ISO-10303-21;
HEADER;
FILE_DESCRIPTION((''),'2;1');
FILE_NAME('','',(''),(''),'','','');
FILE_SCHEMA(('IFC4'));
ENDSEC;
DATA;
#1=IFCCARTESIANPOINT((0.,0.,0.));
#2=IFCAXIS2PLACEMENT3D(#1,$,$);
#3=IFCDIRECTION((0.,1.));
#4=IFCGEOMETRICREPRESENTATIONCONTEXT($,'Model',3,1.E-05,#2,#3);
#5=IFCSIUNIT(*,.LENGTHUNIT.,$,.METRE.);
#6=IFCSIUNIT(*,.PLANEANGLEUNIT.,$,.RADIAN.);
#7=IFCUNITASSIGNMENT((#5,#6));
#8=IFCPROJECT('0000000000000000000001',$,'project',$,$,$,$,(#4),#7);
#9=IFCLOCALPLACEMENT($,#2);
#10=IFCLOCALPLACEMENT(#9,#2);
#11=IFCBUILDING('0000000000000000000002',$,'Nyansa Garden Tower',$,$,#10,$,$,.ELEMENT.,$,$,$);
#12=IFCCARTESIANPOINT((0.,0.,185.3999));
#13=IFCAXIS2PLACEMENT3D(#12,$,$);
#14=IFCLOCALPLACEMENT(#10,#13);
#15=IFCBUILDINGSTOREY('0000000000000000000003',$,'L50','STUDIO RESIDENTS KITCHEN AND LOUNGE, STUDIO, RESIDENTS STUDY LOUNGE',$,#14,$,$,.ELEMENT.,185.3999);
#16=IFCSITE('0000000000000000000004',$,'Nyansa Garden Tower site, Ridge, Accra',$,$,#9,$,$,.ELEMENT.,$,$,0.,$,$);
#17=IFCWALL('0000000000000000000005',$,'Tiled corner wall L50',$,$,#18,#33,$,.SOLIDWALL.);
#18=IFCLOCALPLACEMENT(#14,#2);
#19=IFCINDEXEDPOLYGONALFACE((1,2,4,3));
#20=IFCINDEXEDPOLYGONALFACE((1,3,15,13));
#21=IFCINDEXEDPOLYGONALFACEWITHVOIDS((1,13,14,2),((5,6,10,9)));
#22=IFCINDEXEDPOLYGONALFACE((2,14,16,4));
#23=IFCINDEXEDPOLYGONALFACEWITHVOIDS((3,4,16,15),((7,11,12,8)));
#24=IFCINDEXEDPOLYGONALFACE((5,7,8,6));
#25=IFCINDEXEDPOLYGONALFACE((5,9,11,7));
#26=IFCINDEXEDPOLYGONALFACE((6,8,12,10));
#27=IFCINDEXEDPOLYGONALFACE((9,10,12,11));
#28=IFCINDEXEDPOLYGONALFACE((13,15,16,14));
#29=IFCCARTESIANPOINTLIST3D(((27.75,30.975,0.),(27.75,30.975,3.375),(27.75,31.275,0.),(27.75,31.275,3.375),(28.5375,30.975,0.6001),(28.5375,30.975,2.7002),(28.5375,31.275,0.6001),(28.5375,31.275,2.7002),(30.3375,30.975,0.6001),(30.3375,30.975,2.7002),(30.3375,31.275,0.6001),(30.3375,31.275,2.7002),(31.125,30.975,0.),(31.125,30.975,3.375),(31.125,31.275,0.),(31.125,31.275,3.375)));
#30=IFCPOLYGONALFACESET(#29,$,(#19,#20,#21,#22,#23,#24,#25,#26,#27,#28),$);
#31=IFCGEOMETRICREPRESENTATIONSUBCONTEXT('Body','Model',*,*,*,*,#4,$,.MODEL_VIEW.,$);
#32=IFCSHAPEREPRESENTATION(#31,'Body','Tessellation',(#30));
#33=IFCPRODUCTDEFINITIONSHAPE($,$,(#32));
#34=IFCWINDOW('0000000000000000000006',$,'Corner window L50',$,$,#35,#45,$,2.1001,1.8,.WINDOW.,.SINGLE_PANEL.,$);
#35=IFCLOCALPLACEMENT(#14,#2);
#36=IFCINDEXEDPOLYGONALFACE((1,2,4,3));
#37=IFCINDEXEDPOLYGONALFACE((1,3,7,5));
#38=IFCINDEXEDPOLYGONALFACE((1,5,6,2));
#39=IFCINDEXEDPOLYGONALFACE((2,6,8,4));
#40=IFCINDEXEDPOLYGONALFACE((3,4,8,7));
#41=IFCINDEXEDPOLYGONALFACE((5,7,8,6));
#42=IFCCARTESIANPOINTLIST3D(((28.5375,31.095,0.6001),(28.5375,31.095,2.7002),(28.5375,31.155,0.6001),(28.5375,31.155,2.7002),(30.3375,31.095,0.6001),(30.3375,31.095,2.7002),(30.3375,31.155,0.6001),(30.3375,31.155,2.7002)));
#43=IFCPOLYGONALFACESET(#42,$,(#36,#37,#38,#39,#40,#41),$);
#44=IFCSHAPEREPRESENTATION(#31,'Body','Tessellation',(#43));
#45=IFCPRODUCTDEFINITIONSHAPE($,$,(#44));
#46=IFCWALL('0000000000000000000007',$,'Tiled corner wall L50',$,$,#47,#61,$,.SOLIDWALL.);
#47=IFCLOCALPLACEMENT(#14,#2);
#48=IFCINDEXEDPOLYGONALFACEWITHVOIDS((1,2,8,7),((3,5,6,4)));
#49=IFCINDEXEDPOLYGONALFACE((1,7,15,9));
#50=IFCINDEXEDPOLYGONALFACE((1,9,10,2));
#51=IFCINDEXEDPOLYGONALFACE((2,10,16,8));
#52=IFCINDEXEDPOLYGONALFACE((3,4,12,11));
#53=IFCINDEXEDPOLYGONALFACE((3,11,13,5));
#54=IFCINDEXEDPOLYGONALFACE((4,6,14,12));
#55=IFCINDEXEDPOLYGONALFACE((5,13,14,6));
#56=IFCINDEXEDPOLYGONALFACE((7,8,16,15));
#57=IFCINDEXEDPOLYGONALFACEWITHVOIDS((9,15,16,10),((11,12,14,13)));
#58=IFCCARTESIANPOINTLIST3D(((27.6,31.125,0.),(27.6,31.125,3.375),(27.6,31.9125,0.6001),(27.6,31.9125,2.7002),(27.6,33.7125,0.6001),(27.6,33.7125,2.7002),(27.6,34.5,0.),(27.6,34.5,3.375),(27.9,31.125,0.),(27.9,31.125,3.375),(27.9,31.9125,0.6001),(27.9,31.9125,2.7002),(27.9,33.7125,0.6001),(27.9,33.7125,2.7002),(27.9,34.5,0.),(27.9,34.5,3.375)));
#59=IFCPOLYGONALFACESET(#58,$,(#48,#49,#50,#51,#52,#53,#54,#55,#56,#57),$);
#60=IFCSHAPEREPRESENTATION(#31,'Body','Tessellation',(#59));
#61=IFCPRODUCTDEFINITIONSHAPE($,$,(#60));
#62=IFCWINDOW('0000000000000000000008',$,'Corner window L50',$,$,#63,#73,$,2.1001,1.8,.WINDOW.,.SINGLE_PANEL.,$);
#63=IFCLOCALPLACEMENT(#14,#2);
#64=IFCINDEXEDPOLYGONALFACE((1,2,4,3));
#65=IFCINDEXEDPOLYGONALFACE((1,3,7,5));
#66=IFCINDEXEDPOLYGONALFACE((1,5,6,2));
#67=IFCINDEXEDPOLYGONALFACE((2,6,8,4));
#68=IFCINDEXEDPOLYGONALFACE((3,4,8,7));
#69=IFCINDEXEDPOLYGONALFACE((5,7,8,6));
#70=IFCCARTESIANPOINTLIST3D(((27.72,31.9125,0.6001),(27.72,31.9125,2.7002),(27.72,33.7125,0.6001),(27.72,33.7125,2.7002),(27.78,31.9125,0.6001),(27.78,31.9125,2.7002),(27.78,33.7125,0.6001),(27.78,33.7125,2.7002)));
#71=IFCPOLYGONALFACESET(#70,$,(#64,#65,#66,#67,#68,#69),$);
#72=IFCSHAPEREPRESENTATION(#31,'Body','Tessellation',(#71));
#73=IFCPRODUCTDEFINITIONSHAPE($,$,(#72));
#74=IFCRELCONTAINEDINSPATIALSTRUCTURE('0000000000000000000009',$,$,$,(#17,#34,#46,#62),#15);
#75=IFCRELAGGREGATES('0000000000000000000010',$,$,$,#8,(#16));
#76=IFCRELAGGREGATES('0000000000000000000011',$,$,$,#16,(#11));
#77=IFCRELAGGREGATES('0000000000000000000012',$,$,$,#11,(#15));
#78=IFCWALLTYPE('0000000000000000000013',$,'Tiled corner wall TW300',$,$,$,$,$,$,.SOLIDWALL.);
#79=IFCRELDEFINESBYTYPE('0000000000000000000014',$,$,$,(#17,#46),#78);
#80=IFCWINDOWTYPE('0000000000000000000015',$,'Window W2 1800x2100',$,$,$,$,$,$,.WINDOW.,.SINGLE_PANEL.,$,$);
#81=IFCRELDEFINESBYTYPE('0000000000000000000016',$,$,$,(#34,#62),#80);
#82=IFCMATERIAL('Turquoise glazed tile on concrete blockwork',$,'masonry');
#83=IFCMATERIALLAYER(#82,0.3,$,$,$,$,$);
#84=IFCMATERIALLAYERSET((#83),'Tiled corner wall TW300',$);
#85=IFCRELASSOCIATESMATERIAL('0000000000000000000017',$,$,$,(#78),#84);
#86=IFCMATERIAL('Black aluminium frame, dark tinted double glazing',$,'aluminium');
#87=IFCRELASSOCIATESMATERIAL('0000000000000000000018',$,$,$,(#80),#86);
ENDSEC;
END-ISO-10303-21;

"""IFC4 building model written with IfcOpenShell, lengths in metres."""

from ifc_helpers import new_model, si_unit, direction, frame, frame_2d, origin, place, context, subcontext, project, spatial, rectangle, extrude, material, layer, layer_set, type_object, element, fill, save


model = new_model("IFC4")

# Units and contexts
model_context = context("Model", 3, precision=1e-05, world=origin(), true_north=direction((0.0, 1.0)))
body_context = subcontext(model_context, "Body", "Model", "MODEL_VIEW")
ifc_project = project(units=[si_unit("LENGTHUNIT", "METRE"), si_unit("PLANEANGLEUNIT", "RADIAN")], contexts=[model_context])

# Site, building, storey
site_placement = place(None, origin())
site = spatial("IfcSite", under=ifc_project, at=site_placement, Name="Nyansa Garden Tower site, Ridge, Accra", CompositionType="ELEMENT", RefElevation=0.0)
building_placement = place(site_placement, origin())
building = spatial("IfcBuilding", under=site, at=building_placement, Name="Nyansa Garden Tower", CompositionType="ELEMENT")
storey_placement = place(building_placement, frame((0.0, 0.0, 185.3999)))
storey = spatial("IfcBuildingStorey", under=building, at=storey_placement, Name="L50", Description="STUDIO RESIDENTS KITCHEN AND LOUNGE, STUDIO, RESIDENTS STUDY LOUNGE", CompositionType="ELEMENT", Elevation=185.3999)

# Walls, openings, windows
ifc_material_1 = material(Name="Turquoise glazed tile on concrete blockwork", Category="masonry")
ifc_layer_1 = layer(ifc_material_1, 0.3)
ifc_layer_set_1 = layer_set([ifc_layer_1], Name="Tiled corner wall TW300")
wall_type_1 = type_object("IfcWallType", Name="Tiled corner wall TW300", PredefinedType="SOLIDWALL", material=ifc_layer_set_1)
ifc_material_2 = material(Name="Black aluminium frame, dark tinted double glazing", Category="aluminium")
window_type_1 = type_object("IfcWindowType", Name="Window W2 1800x2100", PartitioningType="SINGLE_PANEL", PredefinedType="WINDOW", material=ifc_material_2)
wall_1_placement = place(storey_placement, frame((31.125, 31.125, 0.0), z_axis=(0.0, 0.0, 1.0), x_axis=(-1.0, 0.0, 0.0)))
wall_1 = element("IfcWall", 1, at=wall_1_placement, inside=storey, type_object=wall_type_1, Name="Tiled corner wall L50", PredefinedType="SOLIDWALL", context=body_context, shape_type="SweptSolid", body=[
    extrude(rectangle(XDim=3.375, YDim=0.3, at=frame_2d((1.6875, 0.0))), origin(), (0.0, 0.0, 1.0), 3.375),
])
opening_1_placement = place(wall_1_placement, frame((0.7876, 0.0, 0.6001)))
opening_1 = element("IfcOpeningElement", 2, at=opening_1_placement, cuts=wall_1, PredefinedType="OPENING", context=body_context, shape_type="SweptSolid", body=[
    extrude(rectangle(XDim=1.8, YDim=2.1001, at=frame_2d((0.8999, 1.05))), frame((0.0, 0.1599, 0.0), z_axis=(0.0, -1.0, 0.0), x_axis=(1.0, 0.0, 0.0)), (0.0, 0.0, 1.0), 0.3201),
])
window_1_placement = place(opening_1_placement, origin())
window_1 = element("IfcWindow", 3, at=window_1_placement, inside=storey, type_object=window_type_1, Name="Corner window L50", OverallHeight=2.1001, OverallWidth=1.8, PartitioningType="SINGLE_PANEL", PredefinedType="WINDOW", context=body_context, shape_type="SweptSolid", body=[
    extrude(rectangle(XDim=1.8, YDim=2.1001, at=frame_2d((0.8999, 1.05))), frame((0.0, 0.03, 0.0), z_axis=(0.0, -1.0, 0.0), x_axis=(1.0, 0.0, 0.0)), (0.0, 0.0, 1.0), 0.0601),
])
fill(opening_1, window_1)
wall_2_placement = place(storey_placement, frame((27.75, 31.125, 0.0), z_axis=(0.0, 0.0, 1.0), x_axis=(0.0, 1.0, 0.0)))
wall_2 = element("IfcWall", 4, at=wall_2_placement, inside=storey, type_object=wall_type_1, Name="Tiled corner wall L50", PredefinedType="SOLIDWALL", context=body_context, shape_type="SweptSolid", body=[
    extrude(rectangle(XDim=3.375, YDim=0.3, at=frame_2d((1.6875, 0.0))), origin(), (0.0, 0.0, 1.0), 3.375),
])
opening_2_placement = place(wall_2_placement, frame((0.7876, 0.0, 0.6001)))
opening_2 = element("IfcOpeningElement", 5, at=opening_2_placement, cuts=wall_2, PredefinedType="OPENING", context=body_context, shape_type="SweptSolid", body=[
    extrude(rectangle(XDim=1.8, YDim=2.1001, at=frame_2d((0.8999, 1.05))), frame((0.0, 0.1599, 0.0), z_axis=(0.0, -1.0, 0.0), x_axis=(1.0, 0.0, 0.0)), (0.0, 0.0, 1.0), 0.3201),
])
window_2_placement = place(opening_2_placement, origin())
window_2 = element("IfcWindow", 6, at=window_2_placement, inside=storey, type_object=window_type_1, Name="Corner window L50", OverallHeight=2.1001, OverallWidth=1.8, PartitioningType="SINGLE_PANEL", PredefinedType="WINDOW", context=body_context, shape_type="SweptSolid", body=[
    extrude(rectangle(XDim=1.8, YDim=2.1001, at=frame_2d((0.8999, 1.05))), frame((0.0, 0.03, 0.0), z_axis=(0.0, -1.0, 0.0), x_axis=(1.0, 0.0, 0.0)), (0.0, 0.0, 1.0), 0.0601),
])
fill(opening_2, window_2)

save(model, "model.ifc")
